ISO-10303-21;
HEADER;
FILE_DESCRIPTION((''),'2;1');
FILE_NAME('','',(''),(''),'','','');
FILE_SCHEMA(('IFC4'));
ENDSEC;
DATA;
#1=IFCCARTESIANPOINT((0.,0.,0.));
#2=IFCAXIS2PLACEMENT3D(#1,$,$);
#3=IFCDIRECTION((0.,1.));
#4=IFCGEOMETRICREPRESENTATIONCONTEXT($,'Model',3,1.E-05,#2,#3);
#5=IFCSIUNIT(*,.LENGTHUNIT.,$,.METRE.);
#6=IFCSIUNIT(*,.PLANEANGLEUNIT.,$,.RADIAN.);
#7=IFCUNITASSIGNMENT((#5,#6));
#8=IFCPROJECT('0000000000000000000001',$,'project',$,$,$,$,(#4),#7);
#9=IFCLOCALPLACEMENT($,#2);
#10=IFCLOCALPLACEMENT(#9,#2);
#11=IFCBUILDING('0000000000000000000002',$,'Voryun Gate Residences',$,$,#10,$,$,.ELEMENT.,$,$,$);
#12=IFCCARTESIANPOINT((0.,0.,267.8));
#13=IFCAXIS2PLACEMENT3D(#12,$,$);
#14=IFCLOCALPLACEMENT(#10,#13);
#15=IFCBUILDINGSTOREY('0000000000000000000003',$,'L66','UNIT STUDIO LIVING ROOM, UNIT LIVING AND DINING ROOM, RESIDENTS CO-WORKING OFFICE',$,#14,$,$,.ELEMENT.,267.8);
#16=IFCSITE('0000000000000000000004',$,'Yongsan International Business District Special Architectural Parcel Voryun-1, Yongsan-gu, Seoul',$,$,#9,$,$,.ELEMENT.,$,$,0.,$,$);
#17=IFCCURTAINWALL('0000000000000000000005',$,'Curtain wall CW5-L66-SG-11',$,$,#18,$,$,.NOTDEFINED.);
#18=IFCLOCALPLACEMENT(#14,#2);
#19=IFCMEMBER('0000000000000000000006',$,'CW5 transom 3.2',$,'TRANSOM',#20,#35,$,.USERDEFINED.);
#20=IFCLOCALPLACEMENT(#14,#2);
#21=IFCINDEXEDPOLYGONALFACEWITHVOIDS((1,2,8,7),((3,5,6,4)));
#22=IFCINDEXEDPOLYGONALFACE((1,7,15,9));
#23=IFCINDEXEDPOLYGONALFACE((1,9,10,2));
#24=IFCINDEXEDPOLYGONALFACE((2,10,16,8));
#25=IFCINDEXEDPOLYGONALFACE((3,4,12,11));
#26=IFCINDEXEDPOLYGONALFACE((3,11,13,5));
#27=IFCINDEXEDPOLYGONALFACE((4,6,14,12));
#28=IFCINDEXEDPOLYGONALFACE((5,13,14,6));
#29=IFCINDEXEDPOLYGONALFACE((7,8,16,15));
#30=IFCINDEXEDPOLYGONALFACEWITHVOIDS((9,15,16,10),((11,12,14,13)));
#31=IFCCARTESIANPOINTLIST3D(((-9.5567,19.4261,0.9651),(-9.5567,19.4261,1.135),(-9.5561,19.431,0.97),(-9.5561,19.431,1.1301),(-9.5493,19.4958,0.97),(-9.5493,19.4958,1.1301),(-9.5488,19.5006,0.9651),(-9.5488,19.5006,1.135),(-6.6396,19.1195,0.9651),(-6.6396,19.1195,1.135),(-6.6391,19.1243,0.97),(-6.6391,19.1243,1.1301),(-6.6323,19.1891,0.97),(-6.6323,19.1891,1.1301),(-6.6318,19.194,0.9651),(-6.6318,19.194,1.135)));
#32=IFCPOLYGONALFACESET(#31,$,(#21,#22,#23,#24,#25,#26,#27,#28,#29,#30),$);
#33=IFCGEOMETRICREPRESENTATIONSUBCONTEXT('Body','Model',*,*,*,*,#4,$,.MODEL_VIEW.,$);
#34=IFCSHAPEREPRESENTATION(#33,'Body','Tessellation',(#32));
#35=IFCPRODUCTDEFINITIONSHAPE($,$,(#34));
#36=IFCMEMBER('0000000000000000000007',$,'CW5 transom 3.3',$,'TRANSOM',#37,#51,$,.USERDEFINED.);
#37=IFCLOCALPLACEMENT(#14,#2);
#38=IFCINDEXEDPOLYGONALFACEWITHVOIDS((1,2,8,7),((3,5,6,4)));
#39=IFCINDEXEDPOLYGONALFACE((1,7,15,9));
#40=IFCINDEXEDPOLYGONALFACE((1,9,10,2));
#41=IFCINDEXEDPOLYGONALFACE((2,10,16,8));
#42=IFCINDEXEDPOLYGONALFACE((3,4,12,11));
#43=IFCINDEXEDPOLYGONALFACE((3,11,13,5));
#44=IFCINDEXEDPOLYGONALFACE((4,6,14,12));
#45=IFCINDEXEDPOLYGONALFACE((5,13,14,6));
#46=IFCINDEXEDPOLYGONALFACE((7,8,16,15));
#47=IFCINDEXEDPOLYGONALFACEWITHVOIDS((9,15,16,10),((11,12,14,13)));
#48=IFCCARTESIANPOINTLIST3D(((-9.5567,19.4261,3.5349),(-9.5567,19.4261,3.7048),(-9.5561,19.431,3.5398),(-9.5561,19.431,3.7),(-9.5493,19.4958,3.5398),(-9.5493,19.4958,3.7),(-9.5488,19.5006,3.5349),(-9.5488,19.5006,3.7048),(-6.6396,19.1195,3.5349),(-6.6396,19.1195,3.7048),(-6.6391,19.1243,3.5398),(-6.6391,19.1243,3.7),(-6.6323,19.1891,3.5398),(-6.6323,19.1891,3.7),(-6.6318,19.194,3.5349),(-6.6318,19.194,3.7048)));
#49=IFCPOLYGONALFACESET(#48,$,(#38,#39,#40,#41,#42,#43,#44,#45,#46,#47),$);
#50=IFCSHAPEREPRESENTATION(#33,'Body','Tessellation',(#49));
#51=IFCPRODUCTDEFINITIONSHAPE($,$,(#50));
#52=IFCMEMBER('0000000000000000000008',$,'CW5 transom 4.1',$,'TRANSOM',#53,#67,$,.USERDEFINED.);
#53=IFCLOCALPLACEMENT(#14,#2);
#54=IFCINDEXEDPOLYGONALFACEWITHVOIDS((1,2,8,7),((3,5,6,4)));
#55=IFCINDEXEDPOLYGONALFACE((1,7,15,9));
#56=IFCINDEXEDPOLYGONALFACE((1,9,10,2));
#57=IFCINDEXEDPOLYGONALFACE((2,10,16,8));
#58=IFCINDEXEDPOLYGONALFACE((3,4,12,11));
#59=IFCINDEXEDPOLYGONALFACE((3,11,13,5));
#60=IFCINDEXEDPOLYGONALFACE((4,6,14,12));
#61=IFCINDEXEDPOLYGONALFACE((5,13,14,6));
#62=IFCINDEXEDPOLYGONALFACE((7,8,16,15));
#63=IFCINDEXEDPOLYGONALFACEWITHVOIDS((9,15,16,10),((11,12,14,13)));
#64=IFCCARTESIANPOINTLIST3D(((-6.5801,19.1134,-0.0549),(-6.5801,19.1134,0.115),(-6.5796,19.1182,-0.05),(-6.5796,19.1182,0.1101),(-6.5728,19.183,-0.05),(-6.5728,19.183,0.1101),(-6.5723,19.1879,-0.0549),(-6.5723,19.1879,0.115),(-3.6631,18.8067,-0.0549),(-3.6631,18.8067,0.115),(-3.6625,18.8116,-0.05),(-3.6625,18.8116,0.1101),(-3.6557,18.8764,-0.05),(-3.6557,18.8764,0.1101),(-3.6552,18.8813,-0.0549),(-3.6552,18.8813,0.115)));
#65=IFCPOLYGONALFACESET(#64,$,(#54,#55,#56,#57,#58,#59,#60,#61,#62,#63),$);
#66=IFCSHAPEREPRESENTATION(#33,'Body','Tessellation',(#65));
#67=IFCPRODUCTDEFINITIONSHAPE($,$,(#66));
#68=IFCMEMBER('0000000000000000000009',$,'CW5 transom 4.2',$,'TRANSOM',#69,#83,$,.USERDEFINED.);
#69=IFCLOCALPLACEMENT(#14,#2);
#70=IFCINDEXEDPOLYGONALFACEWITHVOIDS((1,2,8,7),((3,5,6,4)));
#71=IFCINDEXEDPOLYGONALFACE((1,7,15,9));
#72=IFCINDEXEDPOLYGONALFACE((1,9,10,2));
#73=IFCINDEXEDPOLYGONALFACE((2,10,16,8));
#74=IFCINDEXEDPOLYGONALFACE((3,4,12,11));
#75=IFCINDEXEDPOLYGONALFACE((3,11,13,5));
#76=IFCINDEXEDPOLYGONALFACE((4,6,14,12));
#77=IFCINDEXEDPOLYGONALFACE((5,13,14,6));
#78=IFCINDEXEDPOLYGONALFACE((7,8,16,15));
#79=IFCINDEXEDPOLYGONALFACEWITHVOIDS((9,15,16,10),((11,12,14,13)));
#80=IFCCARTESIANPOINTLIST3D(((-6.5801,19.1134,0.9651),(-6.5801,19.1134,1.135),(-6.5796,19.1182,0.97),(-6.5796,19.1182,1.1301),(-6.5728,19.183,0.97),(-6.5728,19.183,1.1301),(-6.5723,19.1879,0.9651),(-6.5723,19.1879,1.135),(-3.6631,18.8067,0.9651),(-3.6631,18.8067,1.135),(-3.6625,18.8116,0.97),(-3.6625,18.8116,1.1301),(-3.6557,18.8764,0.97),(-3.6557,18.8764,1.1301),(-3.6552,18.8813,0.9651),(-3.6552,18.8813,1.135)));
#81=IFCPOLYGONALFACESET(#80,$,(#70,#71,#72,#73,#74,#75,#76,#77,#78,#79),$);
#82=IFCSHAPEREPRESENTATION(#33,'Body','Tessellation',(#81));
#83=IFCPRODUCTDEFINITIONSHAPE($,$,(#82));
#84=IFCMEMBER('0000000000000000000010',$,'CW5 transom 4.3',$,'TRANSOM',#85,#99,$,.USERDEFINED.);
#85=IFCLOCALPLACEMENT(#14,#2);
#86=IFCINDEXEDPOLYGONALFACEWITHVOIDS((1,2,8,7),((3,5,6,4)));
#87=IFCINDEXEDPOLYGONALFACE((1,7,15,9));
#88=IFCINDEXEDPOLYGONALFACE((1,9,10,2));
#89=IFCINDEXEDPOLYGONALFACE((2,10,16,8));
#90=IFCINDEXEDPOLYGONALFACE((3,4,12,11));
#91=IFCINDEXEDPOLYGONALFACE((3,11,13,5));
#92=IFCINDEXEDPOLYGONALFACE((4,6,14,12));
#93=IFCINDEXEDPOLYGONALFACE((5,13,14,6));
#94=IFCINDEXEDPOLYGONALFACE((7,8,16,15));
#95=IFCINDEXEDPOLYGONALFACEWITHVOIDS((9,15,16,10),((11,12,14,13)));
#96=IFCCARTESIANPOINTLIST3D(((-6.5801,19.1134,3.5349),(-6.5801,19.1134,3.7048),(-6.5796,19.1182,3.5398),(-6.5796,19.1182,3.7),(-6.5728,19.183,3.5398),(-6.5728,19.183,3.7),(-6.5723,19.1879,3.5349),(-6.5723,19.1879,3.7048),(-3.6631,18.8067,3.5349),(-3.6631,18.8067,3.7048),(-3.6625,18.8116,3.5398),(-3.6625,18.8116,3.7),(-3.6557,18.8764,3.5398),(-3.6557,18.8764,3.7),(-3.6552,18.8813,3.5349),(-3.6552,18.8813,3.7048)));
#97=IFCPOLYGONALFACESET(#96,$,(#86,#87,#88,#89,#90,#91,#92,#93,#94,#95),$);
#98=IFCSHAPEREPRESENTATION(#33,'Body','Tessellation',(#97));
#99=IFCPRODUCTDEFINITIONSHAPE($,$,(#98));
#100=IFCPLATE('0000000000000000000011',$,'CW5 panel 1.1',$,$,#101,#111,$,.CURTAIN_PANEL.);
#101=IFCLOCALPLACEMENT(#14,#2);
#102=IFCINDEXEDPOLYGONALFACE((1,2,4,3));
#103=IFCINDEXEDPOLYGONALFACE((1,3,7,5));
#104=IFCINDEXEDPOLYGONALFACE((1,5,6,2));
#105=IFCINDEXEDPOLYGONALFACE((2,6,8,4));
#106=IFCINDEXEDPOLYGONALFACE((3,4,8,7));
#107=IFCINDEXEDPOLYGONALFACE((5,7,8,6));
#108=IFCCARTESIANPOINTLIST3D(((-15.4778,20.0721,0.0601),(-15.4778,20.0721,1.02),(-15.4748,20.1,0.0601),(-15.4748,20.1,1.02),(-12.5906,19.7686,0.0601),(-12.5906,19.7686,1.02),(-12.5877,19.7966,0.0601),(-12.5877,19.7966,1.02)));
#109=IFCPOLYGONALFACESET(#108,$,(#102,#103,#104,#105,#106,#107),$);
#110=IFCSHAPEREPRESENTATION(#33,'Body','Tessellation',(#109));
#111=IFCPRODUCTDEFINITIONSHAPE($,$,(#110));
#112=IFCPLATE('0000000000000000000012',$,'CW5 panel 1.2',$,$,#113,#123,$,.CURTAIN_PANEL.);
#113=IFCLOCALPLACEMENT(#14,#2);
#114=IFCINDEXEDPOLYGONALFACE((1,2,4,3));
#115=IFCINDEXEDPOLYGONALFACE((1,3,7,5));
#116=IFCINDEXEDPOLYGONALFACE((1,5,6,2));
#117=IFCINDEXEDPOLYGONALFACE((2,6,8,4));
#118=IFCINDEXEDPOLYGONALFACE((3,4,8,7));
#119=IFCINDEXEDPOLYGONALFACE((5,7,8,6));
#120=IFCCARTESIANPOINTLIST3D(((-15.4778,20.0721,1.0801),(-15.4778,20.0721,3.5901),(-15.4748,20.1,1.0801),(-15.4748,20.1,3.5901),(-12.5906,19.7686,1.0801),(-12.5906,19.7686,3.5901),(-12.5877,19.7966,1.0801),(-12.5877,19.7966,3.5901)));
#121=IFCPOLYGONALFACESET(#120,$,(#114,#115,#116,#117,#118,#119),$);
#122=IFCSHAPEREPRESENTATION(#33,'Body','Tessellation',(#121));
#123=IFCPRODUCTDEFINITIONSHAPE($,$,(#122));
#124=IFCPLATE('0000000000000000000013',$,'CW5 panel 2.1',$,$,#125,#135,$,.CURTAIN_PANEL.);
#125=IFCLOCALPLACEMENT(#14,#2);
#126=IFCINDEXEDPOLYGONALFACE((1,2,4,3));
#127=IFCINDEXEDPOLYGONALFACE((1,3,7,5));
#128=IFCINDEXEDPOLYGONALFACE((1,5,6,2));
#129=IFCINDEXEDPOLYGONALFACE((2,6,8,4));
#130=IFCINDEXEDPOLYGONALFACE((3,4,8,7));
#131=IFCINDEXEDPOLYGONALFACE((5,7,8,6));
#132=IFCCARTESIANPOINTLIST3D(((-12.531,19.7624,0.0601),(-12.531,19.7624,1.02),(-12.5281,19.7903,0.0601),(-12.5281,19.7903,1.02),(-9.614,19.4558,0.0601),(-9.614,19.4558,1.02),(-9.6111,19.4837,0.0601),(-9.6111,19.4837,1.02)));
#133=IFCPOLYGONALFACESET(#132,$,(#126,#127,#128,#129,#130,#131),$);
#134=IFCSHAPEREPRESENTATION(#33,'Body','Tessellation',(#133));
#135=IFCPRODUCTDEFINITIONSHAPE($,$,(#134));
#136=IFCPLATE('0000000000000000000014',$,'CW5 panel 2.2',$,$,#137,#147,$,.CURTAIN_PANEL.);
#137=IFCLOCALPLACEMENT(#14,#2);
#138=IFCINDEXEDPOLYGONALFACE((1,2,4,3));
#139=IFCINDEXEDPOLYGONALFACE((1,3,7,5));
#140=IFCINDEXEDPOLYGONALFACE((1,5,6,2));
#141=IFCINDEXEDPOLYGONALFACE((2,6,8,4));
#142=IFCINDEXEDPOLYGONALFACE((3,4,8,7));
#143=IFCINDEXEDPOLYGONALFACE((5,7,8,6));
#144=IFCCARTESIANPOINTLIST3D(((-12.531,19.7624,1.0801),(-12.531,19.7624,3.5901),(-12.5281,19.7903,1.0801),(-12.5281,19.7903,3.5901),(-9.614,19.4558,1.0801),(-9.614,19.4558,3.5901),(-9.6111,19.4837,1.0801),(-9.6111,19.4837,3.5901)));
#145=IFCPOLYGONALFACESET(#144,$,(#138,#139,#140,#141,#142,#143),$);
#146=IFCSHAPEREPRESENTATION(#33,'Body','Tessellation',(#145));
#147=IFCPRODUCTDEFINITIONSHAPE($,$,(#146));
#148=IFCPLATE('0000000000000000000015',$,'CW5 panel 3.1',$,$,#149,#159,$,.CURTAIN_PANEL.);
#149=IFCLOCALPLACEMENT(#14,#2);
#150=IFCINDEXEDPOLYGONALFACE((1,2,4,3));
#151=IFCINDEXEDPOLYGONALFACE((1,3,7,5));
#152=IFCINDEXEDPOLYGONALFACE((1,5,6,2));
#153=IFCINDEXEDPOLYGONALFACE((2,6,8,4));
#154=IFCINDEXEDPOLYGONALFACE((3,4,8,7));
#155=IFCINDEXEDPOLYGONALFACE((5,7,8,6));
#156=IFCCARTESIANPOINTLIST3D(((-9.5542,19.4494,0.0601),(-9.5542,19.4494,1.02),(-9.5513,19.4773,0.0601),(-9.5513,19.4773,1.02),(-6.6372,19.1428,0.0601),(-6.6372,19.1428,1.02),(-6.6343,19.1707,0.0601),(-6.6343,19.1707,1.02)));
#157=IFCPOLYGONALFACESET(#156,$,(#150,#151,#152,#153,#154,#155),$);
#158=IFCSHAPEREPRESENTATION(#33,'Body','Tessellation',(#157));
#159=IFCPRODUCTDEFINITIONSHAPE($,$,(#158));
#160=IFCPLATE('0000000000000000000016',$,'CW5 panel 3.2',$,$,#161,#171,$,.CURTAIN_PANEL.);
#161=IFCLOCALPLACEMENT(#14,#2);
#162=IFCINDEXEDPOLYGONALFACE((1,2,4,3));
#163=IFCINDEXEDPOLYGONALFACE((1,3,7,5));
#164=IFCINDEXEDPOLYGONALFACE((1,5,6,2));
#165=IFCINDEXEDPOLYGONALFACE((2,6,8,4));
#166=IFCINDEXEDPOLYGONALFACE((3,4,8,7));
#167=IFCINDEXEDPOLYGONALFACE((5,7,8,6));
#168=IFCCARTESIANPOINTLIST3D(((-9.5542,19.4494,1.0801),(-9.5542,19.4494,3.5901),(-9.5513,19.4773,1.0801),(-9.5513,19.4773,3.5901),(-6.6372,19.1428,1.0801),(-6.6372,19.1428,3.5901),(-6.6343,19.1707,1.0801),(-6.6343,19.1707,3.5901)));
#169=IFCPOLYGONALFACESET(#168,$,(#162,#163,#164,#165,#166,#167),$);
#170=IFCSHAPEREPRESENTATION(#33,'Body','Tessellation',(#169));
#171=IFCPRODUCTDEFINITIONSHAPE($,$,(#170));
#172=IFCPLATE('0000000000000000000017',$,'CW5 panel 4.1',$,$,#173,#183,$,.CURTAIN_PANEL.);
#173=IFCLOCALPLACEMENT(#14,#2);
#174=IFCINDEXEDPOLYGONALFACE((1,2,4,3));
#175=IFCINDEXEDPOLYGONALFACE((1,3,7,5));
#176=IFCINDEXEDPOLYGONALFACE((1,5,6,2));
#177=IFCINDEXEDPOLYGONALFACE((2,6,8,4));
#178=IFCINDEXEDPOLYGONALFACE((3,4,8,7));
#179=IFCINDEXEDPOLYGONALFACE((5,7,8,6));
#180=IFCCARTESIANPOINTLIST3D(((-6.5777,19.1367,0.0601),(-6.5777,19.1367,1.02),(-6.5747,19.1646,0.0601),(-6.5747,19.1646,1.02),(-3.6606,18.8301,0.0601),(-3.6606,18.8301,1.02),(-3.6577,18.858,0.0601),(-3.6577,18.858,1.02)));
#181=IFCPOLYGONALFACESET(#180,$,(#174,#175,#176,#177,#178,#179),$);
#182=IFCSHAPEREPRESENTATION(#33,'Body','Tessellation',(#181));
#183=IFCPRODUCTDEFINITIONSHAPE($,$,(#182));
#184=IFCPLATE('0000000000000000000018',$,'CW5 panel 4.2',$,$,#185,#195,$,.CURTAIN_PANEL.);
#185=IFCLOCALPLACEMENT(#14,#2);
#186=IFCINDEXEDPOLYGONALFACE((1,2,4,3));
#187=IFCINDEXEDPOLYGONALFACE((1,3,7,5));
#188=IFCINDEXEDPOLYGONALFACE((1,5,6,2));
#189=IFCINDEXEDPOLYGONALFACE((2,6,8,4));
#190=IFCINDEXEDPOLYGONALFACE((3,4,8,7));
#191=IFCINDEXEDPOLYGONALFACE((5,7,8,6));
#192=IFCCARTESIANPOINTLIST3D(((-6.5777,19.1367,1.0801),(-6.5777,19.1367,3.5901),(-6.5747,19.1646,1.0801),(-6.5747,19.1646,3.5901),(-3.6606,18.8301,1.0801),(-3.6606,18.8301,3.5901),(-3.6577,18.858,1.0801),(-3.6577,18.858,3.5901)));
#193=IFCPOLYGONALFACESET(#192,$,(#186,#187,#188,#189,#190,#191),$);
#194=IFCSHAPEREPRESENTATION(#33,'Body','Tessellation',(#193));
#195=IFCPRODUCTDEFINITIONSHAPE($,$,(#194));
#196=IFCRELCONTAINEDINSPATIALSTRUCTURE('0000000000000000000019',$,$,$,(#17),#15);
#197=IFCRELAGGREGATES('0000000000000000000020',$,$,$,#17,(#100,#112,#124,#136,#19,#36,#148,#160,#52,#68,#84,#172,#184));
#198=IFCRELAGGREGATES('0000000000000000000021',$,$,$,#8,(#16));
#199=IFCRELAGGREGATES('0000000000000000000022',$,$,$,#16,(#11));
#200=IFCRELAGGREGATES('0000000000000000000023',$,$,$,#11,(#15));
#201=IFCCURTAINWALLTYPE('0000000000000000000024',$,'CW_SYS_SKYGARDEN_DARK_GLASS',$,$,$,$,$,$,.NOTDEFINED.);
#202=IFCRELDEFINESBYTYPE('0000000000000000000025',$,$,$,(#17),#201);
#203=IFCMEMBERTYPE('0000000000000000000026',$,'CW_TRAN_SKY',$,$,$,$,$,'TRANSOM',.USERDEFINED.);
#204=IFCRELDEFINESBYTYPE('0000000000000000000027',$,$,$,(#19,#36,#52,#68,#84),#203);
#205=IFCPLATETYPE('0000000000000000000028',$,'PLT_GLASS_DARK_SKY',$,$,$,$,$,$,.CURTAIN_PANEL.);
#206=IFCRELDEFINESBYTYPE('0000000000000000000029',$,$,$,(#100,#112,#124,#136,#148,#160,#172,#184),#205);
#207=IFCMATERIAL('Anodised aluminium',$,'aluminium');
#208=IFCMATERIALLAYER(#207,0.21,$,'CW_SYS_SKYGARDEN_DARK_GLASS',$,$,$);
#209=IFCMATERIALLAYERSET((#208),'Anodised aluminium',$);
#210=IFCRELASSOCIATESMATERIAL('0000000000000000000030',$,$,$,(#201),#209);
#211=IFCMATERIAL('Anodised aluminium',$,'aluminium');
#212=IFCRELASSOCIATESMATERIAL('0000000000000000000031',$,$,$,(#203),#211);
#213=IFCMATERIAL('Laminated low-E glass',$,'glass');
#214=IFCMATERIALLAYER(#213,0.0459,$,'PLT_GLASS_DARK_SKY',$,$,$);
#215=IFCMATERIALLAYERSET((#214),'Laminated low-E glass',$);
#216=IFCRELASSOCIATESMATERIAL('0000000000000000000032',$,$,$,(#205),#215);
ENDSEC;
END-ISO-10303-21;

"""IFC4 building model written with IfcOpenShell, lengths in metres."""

from ifc_helpers import new_model, si_unit, direction, frame, origin, origin_2d, place, context, subcontext, project, spatial, rectangle, hollow_rectangle, extrude, material, layer, layer_set, material_profile, profile_set, type_object, element, aggregate, save


model = new_model("IFC4")

# Units and contexts
model_context = context("Model", 3, precision=1e-05, world=origin(), true_north=direction((0.0, 1.0)))
body_context = subcontext(model_context, "Body", "Model", "MODEL_VIEW")
ifc_project = project(units=[si_unit("LENGTHUNIT", "METRE"), si_unit("PLANEANGLEUNIT", "RADIAN")], contexts=[model_context])

# Site, building, storey
site_placement = place(None, origin())
site = spatial("IfcSite", under=ifc_project, at=site_placement, Name="Yongsan International Business District Special Architectural Parcel Voryun-1, Yongsan-gu, Seoul", CompositionType="ELEMENT", RefElevation=0.0)
building_placement = place(site_placement, origin())
building = spatial("IfcBuilding", under=site, at=building_placement, Name="Voryun Gate Residences", CompositionType="ELEMENT")
storey_placement = place(building_placement, frame((0.0, 0.0, 267.8)))
storey = spatial("IfcBuildingStorey", under=building, at=storey_placement, Name="L66", Description="UNIT STUDIO LIVING ROOM, UNIT LIVING AND DINING ROOM, RESIDENTS CO-WORKING OFFICE", CompositionType="ELEMENT", Elevation=267.8)

# Curtain wall, members, plates
ifc_material_1 = material(Name="Anodised aluminium", Category="aluminium")
ifc_layer_1 = layer(ifc_material_1, 0.21, Name="CW_SYS_SKYGARDEN_DARK_GLASS")
ifc_layer_set_1 = layer_set([ifc_layer_1], Name="Anodised aluminium")
curtain_wall_type = type_object("IfcCurtainWallType", Name="CW_SYS_SKYGARDEN_DARK_GLASS", PredefinedType="NOTDEFINED", material=ifc_layer_set_1)
curtain_wall_placement = place(storey_placement, origin())
curtain_wall = element("IfcCurtainWall", 1, at=curtain_wall_placement, inside=storey, type_object=curtain_wall_type, Name="Curtain wall CW5-L66-SG-11", PredefinedType="NOTDEFINED")
ifc_material_2 = material(Name="Anodised aluminium", Category="aluminium")
ifc_material_profile_1 = material_profile(ifc_material_2, hollow_rectangle(XDim=0.075, YDim=0.1699, WallThickness=0.0049, at=origin_2d()), Name="ALU-TRAN-170x75x5")
ifc_profile_set_1 = profile_set([ifc_material_profile_1], Name="Anodised aluminium")
member_type_1 = type_object("IfcMemberType", Name="CW_TRAN_SKY", ElementType="TRANSOM", PredefinedType="USERDEFINED", material=ifc_profile_set_1)
member_1_placement = place(storey_placement, frame((-9.5527, 19.4634, 1.05), z_axis=(0.99452, -0.104546, 0.0), x_axis=(0.104546, 0.99452, 0.0)))
member_1 = element("IfcMember", 2, at=member_1_placement, type_object=member_type_1, Name="CW5 transom 3.2", ObjectType="TRANSOM", PredefinedType="USERDEFINED", context=body_context, shape_type="SweptSolid", body=[
    extrude(hollow_rectangle(XDim=0.075, YDim=0.1699, WallThickness=0.0049, at=origin_2d()), origin(), (0.0, 0.0, 1.0), 2.9331),
])
member_2_placement = place(storey_placement, frame((-9.5527, 19.4634, 3.6199), z_axis=(0.99452, -0.104546, 0.0), x_axis=(0.104546, 0.99452, 0.0)))
member_2 = element("IfcMember", 3, at=member_2_placement, type_object=member_type_1, Name="CW5 transom 3.3", ObjectType="TRANSOM", PredefinedType="USERDEFINED", context=body_context, shape_type="SweptSolid", body=[
    extrude(hollow_rectangle(XDim=0.075, YDim=0.1699, WallThickness=0.0049, at=origin_2d()), origin(), (0.0, 0.0, 1.0), 2.9331),
])
member_3_placement = place(storey_placement, frame((-6.5762, 19.1506, 0.03), z_axis=(0.99452, -0.104546, 0.0), x_axis=(0.104546, 0.99452, 0.0)))
member_3 = element("IfcMember", 4, at=member_3_placement, type_object=member_type_1, Name="CW5 transom 4.1", ObjectType="TRANSOM", PredefinedType="USERDEFINED", context=body_context, shape_type="SweptSolid", body=[
    extrude(hollow_rectangle(XDim=0.075, YDim=0.1699, WallThickness=0.0049, at=origin_2d()), origin(), (0.0, 0.0, 1.0), 2.9331),
])
member_4_placement = place(storey_placement, frame((-6.5762, 19.1506, 1.05), z_axis=(0.99452, -0.104546, 0.0), x_axis=(0.104546, 0.99452, 0.0)))
member_4 = element("IfcMember", 5, at=member_4_placement, type_object=member_type_1, Name="CW5 transom 4.2", ObjectType="TRANSOM", PredefinedType="USERDEFINED", context=body_context, shape_type="SweptSolid", body=[
    extrude(hollow_rectangle(XDim=0.075, YDim=0.1699, WallThickness=0.0049, at=origin_2d()), origin(), (0.0, 0.0, 1.0), 2.9331),
])
member_5_placement = place(storey_placement, frame((-6.5762, 19.1506, 3.6199), z_axis=(0.99452, -0.104546, 0.0), x_axis=(0.104546, 0.99452, 0.0)))
member_5 = element("IfcMember", 6, at=member_5_placement, type_object=member_type_1, Name="CW5 transom 4.3", ObjectType="TRANSOM", PredefinedType="USERDEFINED", context=body_context, shape_type="SweptSolid", body=[
    extrude(hollow_rectangle(XDim=0.075, YDim=0.1699, WallThickness=0.0049, at=origin_2d()), origin(), (0.0, 0.0, 1.0), 2.9331),
])
ifc_material_3 = material(Name="Laminated low-E glass", Category="glass")
ifc_layer_2 = layer(ifc_material_3, 0.0459, Name="PLT_GLASS_DARK_SKY")
ifc_layer_set_2 = layer_set([ifc_layer_2], Name="Laminated low-E glass")
plate_type = type_object("IfcPlateType", Name="PLT_GLASS_DARK_SKY", PredefinedType="CURTAIN_PANEL", material=ifc_layer_set_2)
plate_1_placement = place(storey_placement, frame((-14.0327, 19.9343, 0.0601), z_axis=(0.0, 0.0, 1.0), x_axis=(0.994521, -0.104532, 0.0)))
plate_1 = element("IfcPlate", 7, at=plate_1_placement, type_object=plate_type, Name="CW5 panel 1.1", PredefinedType="CURTAIN_PANEL", context=body_context, shape_type="SweptSolid", body=[
    extrude(rectangle(XDim=2.9031, YDim=0.0281, at=origin_2d()), origin(), (0.0, 0.0, 1.0), 0.96),
])
plate_2_placement = place(storey_placement, frame((-14.0327, 19.9343, 1.0801), z_axis=(0.0, 0.0, 1.0), x_axis=(0.994521, -0.104532, 0.0)))
plate_2 = element("IfcPlate", 8, at=plate_2_placement, type_object=plate_type, Name="CW5 panel 1.2", PredefinedType="CURTAIN_PANEL", context=body_context, shape_type="SweptSolid", body=[
    extrude(rectangle(XDim=2.9031, YDim=0.0281, at=origin_2d()), origin(), (0.0, 0.0, 1.0), 2.51),
])
plate_3_placement = place(storey_placement, frame((-11.071, 19.623, 0.0601), z_axis=(0.0, 0.0, 1.0), x_axis=(0.994521, -0.104532, 0.0)))
plate_3 = element("IfcPlate", 9, at=plate_3_placement, type_object=plate_type, Name="CW5 panel 2.1", PredefinedType="CURTAIN_PANEL", context=body_context, shape_type="SweptSolid", body=[
    extrude(rectangle(XDim=2.9331, YDim=0.0281, at=origin_2d()), origin(), (0.0, 0.0, 1.0), 0.96),
])
plate_4_placement = place(storey_placement, frame((-11.071, 19.623, 1.0801), z_axis=(0.0, 0.0, 1.0), x_axis=(0.994521, -0.104532, 0.0)))
plate_4 = element("IfcPlate", 10, at=plate_4_placement, type_object=plate_type, Name="CW5 panel 2.2", PredefinedType="CURTAIN_PANEL", context=body_context, shape_type="SweptSolid", body=[
    extrude(rectangle(XDim=2.9331, YDim=0.0281, at=origin_2d()), origin(), (0.0, 0.0, 1.0), 2.51),
])
plate_5_placement = place(storey_placement, frame((-8.0942, 19.3101, 0.0601), z_axis=(0.0, 0.0, 1.0), x_axis=(0.994521, -0.104532, 0.0)))
plate_5 = element("IfcPlate", 11, at=plate_5_placement, type_object=plate_type, Name="CW5 panel 3.1", PredefinedType="CURTAIN_PANEL", context=body_context, shape_type="SweptSolid", body=[
    extrude(rectangle(XDim=2.9331, YDim=0.0281, at=origin_2d()), origin(), (0.0, 0.0, 1.0), 0.96),
])
plate_6_placement = place(storey_placement, frame((-8.0942, 19.3101, 1.0801), z_axis=(0.0, 0.0, 1.0), x_axis=(0.994521, -0.104532, 0.0)))
plate_6 = element("IfcPlate", 12, at=plate_6_placement, type_object=plate_type, Name="CW5 panel 3.2", PredefinedType="CURTAIN_PANEL", context=body_context, shape_type="SweptSolid", body=[
    extrude(rectangle(XDim=2.9331, YDim=0.0281, at=origin_2d()), origin(), (0.0, 0.0, 1.0), 2.51),
])
plate_7_placement = place(storey_placement, frame((-5.1177, 18.9973, 0.0601), z_axis=(0.0, 0.0, 1.0), x_axis=(0.994521, -0.104532, 0.0)))
plate_7 = element("IfcPlate", 13, at=plate_7_placement, type_object=plate_type, Name="CW5 panel 4.1", PredefinedType="CURTAIN_PANEL", context=body_context, shape_type="SweptSolid", body=[
    extrude(rectangle(XDim=2.9331, YDim=0.0281, at=origin_2d()), origin(), (0.0, 0.0, 1.0), 0.96),
])
plate_8_placement = place(storey_placement, frame((-5.1177, 18.9973, 1.0801), z_axis=(0.0, 0.0, 1.0), x_axis=(0.994521, -0.104532, 0.0)))
plate_8 = element("IfcPlate", 14, at=plate_8_placement, type_object=plate_type, Name="CW5 panel 4.2", PredefinedType="CURTAIN_PANEL", context=body_context, shape_type="SweptSolid", body=[
    extrude(rectangle(XDim=2.9331, YDim=0.0281, at=origin_2d()), origin(), (0.0, 0.0, 1.0), 2.51),
])
aggregate(curtain_wall, [plate_1, plate_2, plate_3, plate_4, member_1, member_2, plate_5, plate_6, member_3, member_4, member_5, plate_7, plate_8])

save(model, "model.ifc")
